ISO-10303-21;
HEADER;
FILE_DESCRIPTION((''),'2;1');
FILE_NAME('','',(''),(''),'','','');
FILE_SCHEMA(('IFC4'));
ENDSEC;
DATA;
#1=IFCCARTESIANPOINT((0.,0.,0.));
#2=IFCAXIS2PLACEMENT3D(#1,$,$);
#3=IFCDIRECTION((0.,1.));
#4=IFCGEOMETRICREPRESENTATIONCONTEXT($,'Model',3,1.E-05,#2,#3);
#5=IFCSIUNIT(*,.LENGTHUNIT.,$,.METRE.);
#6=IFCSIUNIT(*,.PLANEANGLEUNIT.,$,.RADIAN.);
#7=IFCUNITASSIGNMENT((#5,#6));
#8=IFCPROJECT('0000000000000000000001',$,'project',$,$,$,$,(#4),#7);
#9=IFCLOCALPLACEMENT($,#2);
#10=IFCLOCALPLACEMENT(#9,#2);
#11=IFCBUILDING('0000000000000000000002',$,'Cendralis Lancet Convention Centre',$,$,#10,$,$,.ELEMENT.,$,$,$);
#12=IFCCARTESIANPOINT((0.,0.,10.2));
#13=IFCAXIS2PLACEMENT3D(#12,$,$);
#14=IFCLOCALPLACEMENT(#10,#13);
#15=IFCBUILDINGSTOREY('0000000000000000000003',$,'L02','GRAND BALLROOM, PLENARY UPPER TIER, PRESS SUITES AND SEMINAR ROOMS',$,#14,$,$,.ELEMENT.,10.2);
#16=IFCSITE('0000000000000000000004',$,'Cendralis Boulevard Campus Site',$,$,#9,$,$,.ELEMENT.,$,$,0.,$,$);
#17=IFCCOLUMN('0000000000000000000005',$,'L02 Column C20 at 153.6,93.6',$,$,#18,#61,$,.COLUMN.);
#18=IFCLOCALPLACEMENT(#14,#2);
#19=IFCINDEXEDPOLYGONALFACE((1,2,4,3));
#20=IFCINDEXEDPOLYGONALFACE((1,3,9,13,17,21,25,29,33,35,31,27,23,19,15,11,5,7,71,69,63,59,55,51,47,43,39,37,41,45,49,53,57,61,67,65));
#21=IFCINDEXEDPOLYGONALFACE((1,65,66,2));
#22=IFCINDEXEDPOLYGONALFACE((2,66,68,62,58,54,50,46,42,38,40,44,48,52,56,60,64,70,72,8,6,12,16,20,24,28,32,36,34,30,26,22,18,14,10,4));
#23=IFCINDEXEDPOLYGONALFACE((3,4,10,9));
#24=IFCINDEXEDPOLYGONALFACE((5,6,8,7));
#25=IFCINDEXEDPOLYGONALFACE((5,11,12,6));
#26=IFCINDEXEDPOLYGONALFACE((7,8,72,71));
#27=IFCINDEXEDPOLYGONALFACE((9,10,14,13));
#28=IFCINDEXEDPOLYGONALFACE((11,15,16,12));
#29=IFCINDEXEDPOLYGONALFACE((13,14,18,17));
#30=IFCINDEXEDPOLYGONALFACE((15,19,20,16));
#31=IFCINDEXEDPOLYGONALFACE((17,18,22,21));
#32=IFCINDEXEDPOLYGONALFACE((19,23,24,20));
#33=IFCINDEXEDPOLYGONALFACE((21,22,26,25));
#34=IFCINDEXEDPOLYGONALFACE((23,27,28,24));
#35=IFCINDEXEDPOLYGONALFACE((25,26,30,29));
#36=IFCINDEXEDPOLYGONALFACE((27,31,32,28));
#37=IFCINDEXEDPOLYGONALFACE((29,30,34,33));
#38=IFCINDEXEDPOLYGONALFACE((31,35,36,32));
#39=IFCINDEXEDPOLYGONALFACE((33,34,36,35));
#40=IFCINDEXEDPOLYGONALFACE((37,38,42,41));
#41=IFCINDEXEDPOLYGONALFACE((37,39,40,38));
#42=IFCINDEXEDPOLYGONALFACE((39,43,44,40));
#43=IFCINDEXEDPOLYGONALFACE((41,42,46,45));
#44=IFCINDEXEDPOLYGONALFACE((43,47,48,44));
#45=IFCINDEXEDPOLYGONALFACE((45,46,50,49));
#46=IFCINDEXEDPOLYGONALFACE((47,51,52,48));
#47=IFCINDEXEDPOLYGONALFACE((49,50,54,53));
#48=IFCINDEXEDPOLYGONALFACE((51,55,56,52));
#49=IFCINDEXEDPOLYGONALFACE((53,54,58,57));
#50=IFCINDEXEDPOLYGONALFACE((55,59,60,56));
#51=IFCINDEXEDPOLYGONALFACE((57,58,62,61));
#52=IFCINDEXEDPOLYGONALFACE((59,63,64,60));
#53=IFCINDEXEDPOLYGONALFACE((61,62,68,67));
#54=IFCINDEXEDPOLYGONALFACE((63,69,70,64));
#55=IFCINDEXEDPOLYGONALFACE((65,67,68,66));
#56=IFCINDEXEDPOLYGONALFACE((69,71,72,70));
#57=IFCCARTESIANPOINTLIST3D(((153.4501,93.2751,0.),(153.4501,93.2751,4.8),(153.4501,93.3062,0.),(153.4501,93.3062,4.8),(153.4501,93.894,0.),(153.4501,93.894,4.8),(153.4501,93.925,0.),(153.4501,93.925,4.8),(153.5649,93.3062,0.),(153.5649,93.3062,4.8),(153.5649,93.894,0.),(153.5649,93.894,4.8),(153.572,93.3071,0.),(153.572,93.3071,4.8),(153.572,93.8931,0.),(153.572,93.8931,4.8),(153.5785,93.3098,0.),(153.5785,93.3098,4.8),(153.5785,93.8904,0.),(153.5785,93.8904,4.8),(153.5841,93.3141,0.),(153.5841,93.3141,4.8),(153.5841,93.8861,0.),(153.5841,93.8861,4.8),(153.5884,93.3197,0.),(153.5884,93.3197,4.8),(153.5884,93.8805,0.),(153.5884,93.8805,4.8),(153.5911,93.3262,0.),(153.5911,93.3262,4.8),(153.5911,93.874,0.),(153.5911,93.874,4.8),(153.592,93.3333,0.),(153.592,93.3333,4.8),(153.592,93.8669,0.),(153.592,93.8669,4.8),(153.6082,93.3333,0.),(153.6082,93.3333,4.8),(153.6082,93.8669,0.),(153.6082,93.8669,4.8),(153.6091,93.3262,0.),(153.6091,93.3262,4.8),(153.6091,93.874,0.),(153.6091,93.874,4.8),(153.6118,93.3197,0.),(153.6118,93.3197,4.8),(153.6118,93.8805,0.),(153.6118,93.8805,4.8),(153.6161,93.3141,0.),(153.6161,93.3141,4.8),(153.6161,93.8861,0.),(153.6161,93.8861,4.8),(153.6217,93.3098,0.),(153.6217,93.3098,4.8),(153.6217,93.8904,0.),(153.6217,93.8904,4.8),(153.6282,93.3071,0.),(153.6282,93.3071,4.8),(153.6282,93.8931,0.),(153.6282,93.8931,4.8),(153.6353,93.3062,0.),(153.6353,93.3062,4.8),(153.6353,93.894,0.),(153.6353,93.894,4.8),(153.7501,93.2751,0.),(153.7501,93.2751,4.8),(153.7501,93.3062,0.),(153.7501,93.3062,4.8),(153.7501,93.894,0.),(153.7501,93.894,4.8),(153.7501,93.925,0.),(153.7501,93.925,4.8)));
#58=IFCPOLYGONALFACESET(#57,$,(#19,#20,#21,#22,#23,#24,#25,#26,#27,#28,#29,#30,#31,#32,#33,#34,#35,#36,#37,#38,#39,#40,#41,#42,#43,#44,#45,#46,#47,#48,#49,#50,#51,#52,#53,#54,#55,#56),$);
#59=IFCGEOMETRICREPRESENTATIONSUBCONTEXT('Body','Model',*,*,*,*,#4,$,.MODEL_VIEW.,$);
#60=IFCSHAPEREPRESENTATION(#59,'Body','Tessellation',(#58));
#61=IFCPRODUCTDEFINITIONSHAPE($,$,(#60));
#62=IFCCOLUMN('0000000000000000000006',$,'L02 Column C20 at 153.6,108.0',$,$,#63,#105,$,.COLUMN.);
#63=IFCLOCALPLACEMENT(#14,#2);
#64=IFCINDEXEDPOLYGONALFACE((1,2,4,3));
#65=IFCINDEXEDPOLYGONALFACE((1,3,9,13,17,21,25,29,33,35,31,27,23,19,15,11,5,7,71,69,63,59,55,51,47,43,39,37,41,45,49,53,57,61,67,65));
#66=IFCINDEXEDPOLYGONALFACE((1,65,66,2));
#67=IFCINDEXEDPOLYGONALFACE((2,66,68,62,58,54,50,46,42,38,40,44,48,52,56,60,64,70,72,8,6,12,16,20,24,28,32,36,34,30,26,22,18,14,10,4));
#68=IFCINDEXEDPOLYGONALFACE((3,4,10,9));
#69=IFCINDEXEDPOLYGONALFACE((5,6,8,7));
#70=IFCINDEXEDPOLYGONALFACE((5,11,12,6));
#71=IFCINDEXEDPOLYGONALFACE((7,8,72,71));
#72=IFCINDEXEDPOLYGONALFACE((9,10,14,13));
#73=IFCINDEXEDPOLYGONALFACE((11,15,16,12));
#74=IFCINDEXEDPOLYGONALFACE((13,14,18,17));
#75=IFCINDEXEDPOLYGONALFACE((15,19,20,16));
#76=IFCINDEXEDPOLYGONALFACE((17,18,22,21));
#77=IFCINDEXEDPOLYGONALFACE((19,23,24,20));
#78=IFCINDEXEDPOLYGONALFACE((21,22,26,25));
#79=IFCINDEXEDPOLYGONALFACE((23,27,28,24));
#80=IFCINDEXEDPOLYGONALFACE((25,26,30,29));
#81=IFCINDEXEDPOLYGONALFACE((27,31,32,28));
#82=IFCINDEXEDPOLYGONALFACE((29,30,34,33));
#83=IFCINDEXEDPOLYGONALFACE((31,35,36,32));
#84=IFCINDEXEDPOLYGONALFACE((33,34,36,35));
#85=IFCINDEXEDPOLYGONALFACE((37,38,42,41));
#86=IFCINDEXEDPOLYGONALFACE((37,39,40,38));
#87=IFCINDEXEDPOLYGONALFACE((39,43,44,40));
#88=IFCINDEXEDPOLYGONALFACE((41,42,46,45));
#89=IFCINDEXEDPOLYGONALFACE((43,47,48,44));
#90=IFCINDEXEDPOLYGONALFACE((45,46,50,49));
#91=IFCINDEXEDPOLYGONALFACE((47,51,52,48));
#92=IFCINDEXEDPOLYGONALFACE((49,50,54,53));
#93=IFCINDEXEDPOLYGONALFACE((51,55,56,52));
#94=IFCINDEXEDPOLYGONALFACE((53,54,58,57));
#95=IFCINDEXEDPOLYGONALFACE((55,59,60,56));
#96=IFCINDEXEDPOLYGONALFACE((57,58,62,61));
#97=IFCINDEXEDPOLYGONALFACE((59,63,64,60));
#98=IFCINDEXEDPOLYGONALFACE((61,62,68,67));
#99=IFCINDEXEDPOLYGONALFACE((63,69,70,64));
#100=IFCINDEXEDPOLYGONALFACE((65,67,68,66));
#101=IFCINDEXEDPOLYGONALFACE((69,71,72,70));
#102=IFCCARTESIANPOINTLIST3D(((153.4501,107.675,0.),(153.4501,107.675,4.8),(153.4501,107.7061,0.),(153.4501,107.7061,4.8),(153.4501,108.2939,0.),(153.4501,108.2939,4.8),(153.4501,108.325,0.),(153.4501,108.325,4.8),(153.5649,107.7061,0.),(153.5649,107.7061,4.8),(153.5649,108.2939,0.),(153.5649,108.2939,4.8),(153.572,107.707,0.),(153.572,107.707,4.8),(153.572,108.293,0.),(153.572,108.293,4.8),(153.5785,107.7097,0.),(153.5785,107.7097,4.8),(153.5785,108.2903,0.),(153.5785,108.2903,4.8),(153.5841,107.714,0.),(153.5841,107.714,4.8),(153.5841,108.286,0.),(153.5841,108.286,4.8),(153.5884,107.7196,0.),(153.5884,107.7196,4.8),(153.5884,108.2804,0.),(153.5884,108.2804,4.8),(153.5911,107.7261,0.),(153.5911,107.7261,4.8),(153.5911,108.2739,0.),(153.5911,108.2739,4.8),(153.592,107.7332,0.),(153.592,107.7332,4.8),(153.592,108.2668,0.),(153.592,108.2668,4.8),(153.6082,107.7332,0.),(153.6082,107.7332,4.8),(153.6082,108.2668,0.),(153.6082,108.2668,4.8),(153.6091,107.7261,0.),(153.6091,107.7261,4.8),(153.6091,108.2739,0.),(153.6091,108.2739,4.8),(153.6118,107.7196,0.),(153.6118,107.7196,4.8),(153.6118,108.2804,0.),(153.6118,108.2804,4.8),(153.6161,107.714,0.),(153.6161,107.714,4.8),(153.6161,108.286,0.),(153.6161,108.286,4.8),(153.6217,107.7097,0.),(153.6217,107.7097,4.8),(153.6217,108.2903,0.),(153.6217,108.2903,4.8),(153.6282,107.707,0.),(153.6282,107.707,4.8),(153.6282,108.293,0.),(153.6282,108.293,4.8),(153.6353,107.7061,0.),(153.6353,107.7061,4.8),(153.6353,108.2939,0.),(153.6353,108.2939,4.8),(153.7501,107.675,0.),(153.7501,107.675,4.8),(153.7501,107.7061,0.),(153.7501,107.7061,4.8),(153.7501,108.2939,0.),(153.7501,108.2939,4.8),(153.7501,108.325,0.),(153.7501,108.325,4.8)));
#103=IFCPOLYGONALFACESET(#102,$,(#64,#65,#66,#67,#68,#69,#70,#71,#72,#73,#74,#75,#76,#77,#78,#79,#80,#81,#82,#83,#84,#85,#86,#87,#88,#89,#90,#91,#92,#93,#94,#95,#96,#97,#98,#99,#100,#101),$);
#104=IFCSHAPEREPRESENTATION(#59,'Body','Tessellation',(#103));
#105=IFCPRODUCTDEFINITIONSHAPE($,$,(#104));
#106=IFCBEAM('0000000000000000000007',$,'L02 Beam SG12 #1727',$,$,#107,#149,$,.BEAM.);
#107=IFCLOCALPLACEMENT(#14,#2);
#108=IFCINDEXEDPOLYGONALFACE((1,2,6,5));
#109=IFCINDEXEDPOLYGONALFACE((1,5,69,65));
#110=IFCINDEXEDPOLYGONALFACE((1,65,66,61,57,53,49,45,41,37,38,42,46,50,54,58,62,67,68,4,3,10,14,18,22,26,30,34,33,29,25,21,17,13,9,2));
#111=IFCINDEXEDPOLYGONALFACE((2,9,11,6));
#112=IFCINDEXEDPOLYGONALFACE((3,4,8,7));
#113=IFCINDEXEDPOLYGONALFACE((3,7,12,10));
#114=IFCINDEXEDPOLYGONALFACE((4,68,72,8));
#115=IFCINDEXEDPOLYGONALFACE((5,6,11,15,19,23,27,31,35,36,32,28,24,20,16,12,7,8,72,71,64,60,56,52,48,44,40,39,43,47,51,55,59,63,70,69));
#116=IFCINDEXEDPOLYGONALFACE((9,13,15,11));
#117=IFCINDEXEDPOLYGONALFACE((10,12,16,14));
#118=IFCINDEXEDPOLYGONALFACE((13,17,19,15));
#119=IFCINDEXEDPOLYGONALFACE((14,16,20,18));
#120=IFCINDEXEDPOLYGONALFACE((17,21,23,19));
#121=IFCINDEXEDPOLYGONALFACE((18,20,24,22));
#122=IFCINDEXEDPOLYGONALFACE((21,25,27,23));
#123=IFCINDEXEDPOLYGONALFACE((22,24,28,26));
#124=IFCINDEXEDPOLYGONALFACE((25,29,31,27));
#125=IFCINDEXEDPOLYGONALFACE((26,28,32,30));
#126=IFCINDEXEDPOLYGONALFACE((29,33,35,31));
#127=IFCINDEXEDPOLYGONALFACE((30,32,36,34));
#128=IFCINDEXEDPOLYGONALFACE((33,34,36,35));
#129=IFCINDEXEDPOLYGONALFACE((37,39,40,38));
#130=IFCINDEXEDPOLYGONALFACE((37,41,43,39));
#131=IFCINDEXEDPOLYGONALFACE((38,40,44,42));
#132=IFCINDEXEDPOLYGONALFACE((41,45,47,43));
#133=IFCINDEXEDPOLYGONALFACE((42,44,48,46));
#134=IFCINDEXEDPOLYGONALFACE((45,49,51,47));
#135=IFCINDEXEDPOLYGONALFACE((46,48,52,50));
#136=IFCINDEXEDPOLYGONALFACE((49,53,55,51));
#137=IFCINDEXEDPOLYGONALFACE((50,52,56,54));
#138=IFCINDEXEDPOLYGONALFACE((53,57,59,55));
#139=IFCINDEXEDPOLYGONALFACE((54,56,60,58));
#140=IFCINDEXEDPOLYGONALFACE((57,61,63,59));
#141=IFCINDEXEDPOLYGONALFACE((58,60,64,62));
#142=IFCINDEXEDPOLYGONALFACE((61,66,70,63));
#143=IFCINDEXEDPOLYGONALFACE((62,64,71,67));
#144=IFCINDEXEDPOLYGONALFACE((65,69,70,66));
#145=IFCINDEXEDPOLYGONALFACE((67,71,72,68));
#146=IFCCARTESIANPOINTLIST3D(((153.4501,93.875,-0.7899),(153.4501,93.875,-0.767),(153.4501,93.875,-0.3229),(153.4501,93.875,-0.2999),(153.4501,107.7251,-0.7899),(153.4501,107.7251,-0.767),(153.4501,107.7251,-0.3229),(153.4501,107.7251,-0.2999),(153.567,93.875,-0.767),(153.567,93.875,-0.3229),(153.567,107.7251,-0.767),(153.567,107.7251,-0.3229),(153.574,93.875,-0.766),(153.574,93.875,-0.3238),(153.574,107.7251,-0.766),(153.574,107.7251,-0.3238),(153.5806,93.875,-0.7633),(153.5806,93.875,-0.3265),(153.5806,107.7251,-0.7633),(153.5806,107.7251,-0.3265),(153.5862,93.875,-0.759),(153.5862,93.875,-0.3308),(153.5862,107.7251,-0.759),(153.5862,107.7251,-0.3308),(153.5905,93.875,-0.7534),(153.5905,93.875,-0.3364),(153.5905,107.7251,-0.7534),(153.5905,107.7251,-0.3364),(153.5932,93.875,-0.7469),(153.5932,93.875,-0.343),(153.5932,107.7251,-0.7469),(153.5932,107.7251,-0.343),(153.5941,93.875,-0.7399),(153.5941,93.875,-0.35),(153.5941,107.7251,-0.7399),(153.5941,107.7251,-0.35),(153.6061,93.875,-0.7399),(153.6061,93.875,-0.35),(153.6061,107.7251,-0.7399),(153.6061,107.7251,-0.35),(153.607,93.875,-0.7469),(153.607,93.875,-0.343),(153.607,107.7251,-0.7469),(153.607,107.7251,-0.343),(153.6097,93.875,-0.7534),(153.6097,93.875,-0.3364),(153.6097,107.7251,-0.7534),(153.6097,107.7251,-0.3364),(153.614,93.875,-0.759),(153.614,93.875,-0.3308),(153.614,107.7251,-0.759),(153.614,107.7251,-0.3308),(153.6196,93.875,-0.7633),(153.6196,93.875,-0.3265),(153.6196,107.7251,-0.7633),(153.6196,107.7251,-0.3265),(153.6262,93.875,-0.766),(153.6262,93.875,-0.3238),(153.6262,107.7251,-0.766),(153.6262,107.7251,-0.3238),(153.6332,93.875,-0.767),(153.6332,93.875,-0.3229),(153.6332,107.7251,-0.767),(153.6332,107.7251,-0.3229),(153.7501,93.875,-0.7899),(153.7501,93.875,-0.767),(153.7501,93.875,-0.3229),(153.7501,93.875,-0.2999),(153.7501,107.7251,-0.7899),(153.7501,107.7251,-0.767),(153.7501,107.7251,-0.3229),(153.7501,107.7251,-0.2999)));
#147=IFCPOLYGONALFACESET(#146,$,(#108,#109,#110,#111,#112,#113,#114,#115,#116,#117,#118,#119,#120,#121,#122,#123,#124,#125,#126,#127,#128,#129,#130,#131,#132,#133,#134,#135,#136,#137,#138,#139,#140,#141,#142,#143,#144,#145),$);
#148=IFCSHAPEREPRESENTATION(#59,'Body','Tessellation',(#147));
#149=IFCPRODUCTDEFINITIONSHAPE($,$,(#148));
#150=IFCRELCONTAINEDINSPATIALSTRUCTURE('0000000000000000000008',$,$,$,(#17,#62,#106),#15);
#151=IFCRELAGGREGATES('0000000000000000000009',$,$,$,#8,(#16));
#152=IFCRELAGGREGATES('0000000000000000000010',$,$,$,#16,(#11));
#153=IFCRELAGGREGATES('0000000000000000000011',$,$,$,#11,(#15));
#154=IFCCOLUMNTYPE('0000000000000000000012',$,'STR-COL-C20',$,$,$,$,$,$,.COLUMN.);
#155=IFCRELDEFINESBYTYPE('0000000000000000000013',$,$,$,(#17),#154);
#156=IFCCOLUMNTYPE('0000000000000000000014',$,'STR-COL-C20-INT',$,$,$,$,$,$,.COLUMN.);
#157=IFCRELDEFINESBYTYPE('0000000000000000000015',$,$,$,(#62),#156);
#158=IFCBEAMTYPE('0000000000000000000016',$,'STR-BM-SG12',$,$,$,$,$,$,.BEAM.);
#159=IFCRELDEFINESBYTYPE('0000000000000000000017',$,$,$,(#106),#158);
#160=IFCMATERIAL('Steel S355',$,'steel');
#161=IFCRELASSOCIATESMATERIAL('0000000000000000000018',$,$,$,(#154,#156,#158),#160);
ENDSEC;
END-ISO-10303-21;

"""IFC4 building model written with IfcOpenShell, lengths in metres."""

from ifc_helpers import new_model, si_unit, direction, frame, origin, origin_2d, place, context, subcontext, project, spatial, i_section, extrude, material, material_profile, profile_set, type_object, element, save


model = new_model("IFC4")

# Units and contexts
model_context = context("Model", 3, precision=1e-05, world=origin(), true_north=direction((0.0, 1.0)))
body_context = subcontext(model_context, "Body", "Model", "MODEL_VIEW")
ifc_project = project(units=[si_unit("LENGTHUNIT", "METRE"), si_unit("PLANEANGLEUNIT", "RADIAN")], contexts=[model_context])

# Site, building, storey
site_placement = place(None, origin())
site = spatial("IfcSite", under=ifc_project, at=site_placement, Name="Cendralis Boulevard Campus Site", CompositionType="ELEMENT", RefElevation=0.0)
building_placement = place(site_placement, origin())
building = spatial("IfcBuilding", under=site, at=building_placement, Name="Cendralis Lancet Convention Centre", CompositionType="ELEMENT")
storey_placement = place(building_placement, frame((0.0, 0.0, 10.2)))
storey = spatial("IfcBuildingStorey", under=building, at=storey_placement, Name="L02", Description="GRAND BALLROOM, PLENARY UPPER TIER, PRESS SUITES AND SEMINAR ROOMS", CompositionType="ELEMENT", Elevation=10.2)

# Columns
ifc_material_1 = material(Name="Steel S355", Category="steel")
ifc_material_profile_1 = material_profile(ifc_material_1, i_section(OverallWidth=0.3, OverallDepth=0.6499, WebThickness=0.0161, FlangeThickness=0.031, FilletRadius=0.0271, at=origin_2d()), Name="HEB 650")
ifc_profile_set_1 = profile_set([ifc_material_profile_1], Name="Steel S355")
column_type_1 = type_object("IfcColumnType", Name="STR-COL-C20", PredefinedType="COLUMN", material=ifc_profile_set_1)
column_1_placement = place(storey_placement, frame((153.6001, 93.6001, 0.0), z_axis=(0.0, 0.0, 1.0), x_axis=(1.0, 0.0, 0.0)))
element("IfcColumn", 1, at=column_1_placement, inside=storey, type_object=column_type_1, Name="L02 Column C20 at 153.6,93.6", PredefinedType="COLUMN", context=body_context, shape_type="SweptSolid", body=[
    extrude(i_section(OverallWidth=0.3, OverallDepth=0.6499, WebThickness=0.0161, FlangeThickness=0.031, FilletRadius=0.0271, at=origin_2d()), origin(), (0.0, 0.0, 1.0), 4.8),
])
ifc_material_profile_2 = material_profile(ifc_material_1, i_section(OverallWidth=0.3, OverallDepth=0.6499, WebThickness=0.0161, FlangeThickness=0.031, FilletRadius=0.0271, at=origin_2d()), Name="HEB 650")
ifc_profile_set_2 = profile_set([ifc_material_profile_2], Name="Steel S355")
column_type_2 = type_object("IfcColumnType", Name="STR-COL-C20-INT", PredefinedType="COLUMN", material=ifc_profile_set_2)
column_2_placement = place(storey_placement, frame((153.6001, 108.0, 0.0), z_axis=(0.0, 0.0, 1.0), x_axis=(1.0, 0.0, 0.0)))
element("IfcColumn", 2, at=column_2_placement, inside=storey, type_object=column_type_2, Name="L02 Column C20 at 153.6,108.0", PredefinedType="COLUMN", context=body_context, shape_type="SweptSolid", body=[
    extrude(i_section(OverallWidth=0.3, OverallDepth=0.6499, WebThickness=0.0161, FlangeThickness=0.031, FilletRadius=0.0271, at=origin_2d()), origin(), (0.0, 0.0, 1.0), 4.8),
])

# Beam
ifc_material_profile_3 = material_profile(ifc_material_1, i_section(OverallWidth=0.3, OverallDepth=0.49, WebThickness=0.012, FlangeThickness=0.0229, FilletRadius=0.0271, at=origin_2d()), Name="HEA 500")
ifc_profile_set_3 = profile_set([ifc_material_profile_3], Name="Steel S355")
beam_type_1 = type_object("IfcBeamType", Name="STR-BM-SG12", PredefinedType="BEAM", material=ifc_profile_set_3)
beam_1_placement = place(storey_placement, frame((153.6001, 93.875, -0.5449), z_axis=(0.0, 1.0, 0.0), x_axis=(-1.0, 0.0, 0.0)))
element("IfcBeam", 3, at=beam_1_placement, inside=storey, type_object=beam_type_1, Name="L02 Beam SG12 #1727", PredefinedType="BEAM", context=body_context, shape_type="SweptSolid", body=[
    extrude(i_section(OverallWidth=0.3, OverallDepth=0.49, WebThickness=0.012, FlangeThickness=0.0229, FilletRadius=0.0271, at=origin_2d()), origin(), (0.0, 0.0, 1.0), 13.8501),
])

save(model, "model.ifc")
